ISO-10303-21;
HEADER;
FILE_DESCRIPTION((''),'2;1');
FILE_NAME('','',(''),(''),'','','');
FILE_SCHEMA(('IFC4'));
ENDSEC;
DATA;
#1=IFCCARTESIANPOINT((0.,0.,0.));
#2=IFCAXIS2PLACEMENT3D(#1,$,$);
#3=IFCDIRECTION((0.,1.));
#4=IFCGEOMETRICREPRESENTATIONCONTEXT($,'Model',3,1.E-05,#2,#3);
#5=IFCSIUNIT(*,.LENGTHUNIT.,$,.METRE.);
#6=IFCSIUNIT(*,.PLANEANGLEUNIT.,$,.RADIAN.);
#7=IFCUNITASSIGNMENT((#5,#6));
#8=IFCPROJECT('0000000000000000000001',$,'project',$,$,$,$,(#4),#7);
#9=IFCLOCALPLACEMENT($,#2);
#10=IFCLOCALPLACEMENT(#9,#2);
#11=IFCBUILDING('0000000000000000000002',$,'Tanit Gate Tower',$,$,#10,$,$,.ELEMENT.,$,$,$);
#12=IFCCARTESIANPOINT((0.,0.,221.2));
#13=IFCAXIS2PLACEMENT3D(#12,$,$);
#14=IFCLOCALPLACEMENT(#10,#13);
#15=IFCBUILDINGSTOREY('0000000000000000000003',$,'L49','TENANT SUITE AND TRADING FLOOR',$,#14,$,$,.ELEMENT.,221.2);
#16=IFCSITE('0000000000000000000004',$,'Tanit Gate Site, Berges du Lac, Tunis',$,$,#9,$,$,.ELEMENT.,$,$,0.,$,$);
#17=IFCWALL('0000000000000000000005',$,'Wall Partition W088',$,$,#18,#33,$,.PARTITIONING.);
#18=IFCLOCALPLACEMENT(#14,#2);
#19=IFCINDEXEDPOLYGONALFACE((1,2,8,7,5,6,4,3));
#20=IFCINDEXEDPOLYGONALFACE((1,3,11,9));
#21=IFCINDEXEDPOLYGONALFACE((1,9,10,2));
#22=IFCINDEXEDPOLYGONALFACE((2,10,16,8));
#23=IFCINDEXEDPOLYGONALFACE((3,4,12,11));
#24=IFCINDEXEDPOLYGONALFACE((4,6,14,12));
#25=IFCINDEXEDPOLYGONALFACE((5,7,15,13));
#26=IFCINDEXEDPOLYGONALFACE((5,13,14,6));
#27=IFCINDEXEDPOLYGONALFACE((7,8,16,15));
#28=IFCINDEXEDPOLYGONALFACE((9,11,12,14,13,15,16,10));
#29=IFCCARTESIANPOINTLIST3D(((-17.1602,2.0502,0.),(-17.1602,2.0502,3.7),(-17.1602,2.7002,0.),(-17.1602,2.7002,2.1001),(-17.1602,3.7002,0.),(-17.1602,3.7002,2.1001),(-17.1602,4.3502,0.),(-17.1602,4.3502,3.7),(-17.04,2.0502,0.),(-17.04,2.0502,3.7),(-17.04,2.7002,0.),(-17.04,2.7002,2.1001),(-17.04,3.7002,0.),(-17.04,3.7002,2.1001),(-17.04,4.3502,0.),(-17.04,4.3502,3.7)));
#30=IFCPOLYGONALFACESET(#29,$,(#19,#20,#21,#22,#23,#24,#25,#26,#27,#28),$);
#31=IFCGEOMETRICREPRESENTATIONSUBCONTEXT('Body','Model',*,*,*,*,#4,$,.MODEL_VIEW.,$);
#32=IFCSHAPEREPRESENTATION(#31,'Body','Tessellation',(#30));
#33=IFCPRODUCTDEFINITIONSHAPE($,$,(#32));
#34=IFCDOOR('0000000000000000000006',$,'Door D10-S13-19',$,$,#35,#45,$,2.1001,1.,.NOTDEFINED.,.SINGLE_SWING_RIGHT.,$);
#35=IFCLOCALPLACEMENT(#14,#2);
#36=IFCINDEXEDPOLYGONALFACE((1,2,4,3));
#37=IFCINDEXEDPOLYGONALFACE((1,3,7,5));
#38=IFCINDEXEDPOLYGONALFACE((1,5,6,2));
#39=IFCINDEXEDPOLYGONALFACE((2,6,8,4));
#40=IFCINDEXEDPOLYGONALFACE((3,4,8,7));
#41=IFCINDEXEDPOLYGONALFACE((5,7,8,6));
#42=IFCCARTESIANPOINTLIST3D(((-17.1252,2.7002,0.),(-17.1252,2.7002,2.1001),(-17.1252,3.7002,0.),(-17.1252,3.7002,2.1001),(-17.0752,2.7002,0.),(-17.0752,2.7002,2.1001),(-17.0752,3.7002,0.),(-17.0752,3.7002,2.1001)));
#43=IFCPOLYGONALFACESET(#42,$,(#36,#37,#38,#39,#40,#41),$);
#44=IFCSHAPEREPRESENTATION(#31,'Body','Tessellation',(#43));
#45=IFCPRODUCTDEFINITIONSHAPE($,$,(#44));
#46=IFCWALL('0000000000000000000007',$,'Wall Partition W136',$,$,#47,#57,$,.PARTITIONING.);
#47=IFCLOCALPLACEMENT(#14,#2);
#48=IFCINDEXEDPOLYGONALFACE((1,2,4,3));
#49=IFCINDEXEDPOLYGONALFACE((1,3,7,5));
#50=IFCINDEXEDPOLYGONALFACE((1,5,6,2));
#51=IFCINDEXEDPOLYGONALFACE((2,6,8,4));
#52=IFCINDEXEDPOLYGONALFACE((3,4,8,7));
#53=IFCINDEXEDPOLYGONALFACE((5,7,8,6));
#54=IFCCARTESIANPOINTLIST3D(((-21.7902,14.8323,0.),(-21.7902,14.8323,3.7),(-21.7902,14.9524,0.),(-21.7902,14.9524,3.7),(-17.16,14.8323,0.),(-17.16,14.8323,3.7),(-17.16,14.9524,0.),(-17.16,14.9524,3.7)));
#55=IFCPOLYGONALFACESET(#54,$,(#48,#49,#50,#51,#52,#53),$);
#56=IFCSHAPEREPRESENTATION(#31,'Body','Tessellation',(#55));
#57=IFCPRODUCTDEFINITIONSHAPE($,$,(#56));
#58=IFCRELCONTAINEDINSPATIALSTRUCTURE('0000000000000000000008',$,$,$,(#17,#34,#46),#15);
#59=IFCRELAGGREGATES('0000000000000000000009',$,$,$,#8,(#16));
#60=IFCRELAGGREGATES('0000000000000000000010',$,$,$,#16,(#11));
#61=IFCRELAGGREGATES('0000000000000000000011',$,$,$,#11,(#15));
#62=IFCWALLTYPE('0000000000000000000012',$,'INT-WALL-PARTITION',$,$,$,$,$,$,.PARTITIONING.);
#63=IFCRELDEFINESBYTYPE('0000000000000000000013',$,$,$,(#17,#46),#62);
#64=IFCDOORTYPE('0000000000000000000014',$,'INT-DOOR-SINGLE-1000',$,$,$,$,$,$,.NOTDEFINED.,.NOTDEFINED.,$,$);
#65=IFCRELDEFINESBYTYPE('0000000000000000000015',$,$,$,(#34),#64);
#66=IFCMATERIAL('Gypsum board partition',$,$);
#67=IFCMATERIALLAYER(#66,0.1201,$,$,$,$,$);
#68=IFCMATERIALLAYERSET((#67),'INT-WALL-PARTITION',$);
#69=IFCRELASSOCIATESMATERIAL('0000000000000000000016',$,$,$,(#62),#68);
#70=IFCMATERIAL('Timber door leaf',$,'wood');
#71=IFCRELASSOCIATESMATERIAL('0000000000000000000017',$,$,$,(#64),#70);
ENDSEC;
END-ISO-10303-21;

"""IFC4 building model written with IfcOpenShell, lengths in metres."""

from ifc_helpers import new_model, si_unit, direction, frame, frame_2d, origin, place, context, subcontext, project, spatial, rectangle, extrude, material, layer, layer_set, type_object, element, fill, save


model = new_model("IFC4")

# Units and contexts
model_context = context("Model", 3, precision=1e-05, world=origin(), true_north=direction((0.0, 1.0)))
body_context = subcontext(model_context, "Body", "Model", "MODEL_VIEW")
ifc_project = project(units=[si_unit("LENGTHUNIT", "METRE"), si_unit("PLANEANGLEUNIT", "RADIAN")], contexts=[model_context])

# Site, building, storey
site_placement = place(None, origin())
site = spatial("IfcSite", under=ifc_project, at=site_placement, Name="Tanit Gate Site, Berges du Lac, Tunis", CompositionType="ELEMENT", RefElevation=0.0)
building_placement = place(site_placement, origin())
building = spatial("IfcBuilding", under=site, at=building_placement, Name="Tanit Gate Tower", CompositionType="ELEMENT")
storey_placement = place(building_placement, frame((0.0, 0.0, 221.2)))
storey = spatial("IfcBuildingStorey", under=building, at=storey_placement, Name="L49", Description="TENANT SUITE AND TRADING FLOOR", CompositionType="ELEMENT", Elevation=221.2)

# Wall, opening, door
ifc_material_1 = material(Name="Gypsum board partition")
ifc_layer_1 = layer(ifc_material_1, 0.1201)
ifc_layer_set_1 = layer_set([ifc_layer_1], Name="INT-WALL-PARTITION")
wall_type_1 = type_object("IfcWallType", Name="INT-WALL-PARTITION", PredefinedType="PARTITIONING", material=ifc_layer_set_1)
wall_1_placement = place(storey_placement, frame((-17.1001, 4.3501, 0.0), z_axis=(0.0, 0.0, 1.0), x_axis=(0.0, -1.0, 0.0)))
wall_1 = element("IfcWall", 1, at=wall_1_placement, inside=storey, type_object=wall_type_1, Name="Wall Partition W088", PredefinedType="PARTITIONING", context=body_context, shape_type="SweptSolid", body=[
    extrude(rectangle(XDim=2.3, YDim=0.1201, at=frame_2d((1.1499, 0.0))), origin(), (0.0, 0.0, 1.0), 3.7),
])
opening_1_placement = place(wall_1_placement, frame((0.6499, 0.0, 0.0)))
opening_1 = element("IfcOpeningElement", 2, at=opening_1_placement, cuts=wall_1, PredefinedType="OPENING", context=body_context, shape_type="SweptSolid", body=[
    extrude(rectangle(XDim=1.0, YDim=2.1001, at=frame_2d((0.5, 1.05))), frame((0.0, 0.0701, 0.0), z_axis=(0.0, -1.0, 0.0), x_axis=(1.0, 0.0, 0.0)), (0.0, 0.0, 1.0), 0.1401),
])
ifc_material_2 = material(Name="Timber door leaf", Category="wood")
door_type_1 = type_object("IfcDoorType", Name="INT-DOOR-SINGLE-1000", OperationType="NOTDEFINED", PredefinedType="NOTDEFINED", material=ifc_material_2)
door_1_placement = place(opening_1_placement, origin())
door_1 = element("IfcDoor", 3, at=door_1_placement, inside=storey, type_object=door_type_1, Name="Door D10-S13-19", OperationType="SINGLE_SWING_RIGHT", OverallHeight=2.1001, OverallWidth=1.0, PredefinedType="NOTDEFINED", context=body_context, shape_type="SweptSolid", body=[
    extrude(rectangle(XDim=1.0, YDim=2.1001, at=frame_2d((0.5, 1.05))), frame((0.0, 0.0249, 0.0), z_axis=(0.0, -1.0, 0.0), x_axis=(1.0, 0.0, 0.0)), (0.0, 0.0, 1.0), 0.05),
])
fill(opening_1, door_1)

# Wall
wall_2_placement = place(storey_placement, frame((-21.79, 14.8923, 0.0), z_axis=(0.0, 0.0, 1.0), x_axis=(1.0, 0.0, 0.0)))
element("IfcWall", 4, at=wall_2_placement, inside=storey, type_object=wall_type_1, Name="Wall Partition W136", PredefinedType="PARTITIONING", context=body_context, shape_type="SweptSolid", body=[
    extrude(rectangle(XDim=4.6301, YDim=0.1201, at=frame_2d((2.3149, 0.0))), origin(), (0.0, 0.0, 1.0), 3.7),
])

save(model, "model.ifc")
